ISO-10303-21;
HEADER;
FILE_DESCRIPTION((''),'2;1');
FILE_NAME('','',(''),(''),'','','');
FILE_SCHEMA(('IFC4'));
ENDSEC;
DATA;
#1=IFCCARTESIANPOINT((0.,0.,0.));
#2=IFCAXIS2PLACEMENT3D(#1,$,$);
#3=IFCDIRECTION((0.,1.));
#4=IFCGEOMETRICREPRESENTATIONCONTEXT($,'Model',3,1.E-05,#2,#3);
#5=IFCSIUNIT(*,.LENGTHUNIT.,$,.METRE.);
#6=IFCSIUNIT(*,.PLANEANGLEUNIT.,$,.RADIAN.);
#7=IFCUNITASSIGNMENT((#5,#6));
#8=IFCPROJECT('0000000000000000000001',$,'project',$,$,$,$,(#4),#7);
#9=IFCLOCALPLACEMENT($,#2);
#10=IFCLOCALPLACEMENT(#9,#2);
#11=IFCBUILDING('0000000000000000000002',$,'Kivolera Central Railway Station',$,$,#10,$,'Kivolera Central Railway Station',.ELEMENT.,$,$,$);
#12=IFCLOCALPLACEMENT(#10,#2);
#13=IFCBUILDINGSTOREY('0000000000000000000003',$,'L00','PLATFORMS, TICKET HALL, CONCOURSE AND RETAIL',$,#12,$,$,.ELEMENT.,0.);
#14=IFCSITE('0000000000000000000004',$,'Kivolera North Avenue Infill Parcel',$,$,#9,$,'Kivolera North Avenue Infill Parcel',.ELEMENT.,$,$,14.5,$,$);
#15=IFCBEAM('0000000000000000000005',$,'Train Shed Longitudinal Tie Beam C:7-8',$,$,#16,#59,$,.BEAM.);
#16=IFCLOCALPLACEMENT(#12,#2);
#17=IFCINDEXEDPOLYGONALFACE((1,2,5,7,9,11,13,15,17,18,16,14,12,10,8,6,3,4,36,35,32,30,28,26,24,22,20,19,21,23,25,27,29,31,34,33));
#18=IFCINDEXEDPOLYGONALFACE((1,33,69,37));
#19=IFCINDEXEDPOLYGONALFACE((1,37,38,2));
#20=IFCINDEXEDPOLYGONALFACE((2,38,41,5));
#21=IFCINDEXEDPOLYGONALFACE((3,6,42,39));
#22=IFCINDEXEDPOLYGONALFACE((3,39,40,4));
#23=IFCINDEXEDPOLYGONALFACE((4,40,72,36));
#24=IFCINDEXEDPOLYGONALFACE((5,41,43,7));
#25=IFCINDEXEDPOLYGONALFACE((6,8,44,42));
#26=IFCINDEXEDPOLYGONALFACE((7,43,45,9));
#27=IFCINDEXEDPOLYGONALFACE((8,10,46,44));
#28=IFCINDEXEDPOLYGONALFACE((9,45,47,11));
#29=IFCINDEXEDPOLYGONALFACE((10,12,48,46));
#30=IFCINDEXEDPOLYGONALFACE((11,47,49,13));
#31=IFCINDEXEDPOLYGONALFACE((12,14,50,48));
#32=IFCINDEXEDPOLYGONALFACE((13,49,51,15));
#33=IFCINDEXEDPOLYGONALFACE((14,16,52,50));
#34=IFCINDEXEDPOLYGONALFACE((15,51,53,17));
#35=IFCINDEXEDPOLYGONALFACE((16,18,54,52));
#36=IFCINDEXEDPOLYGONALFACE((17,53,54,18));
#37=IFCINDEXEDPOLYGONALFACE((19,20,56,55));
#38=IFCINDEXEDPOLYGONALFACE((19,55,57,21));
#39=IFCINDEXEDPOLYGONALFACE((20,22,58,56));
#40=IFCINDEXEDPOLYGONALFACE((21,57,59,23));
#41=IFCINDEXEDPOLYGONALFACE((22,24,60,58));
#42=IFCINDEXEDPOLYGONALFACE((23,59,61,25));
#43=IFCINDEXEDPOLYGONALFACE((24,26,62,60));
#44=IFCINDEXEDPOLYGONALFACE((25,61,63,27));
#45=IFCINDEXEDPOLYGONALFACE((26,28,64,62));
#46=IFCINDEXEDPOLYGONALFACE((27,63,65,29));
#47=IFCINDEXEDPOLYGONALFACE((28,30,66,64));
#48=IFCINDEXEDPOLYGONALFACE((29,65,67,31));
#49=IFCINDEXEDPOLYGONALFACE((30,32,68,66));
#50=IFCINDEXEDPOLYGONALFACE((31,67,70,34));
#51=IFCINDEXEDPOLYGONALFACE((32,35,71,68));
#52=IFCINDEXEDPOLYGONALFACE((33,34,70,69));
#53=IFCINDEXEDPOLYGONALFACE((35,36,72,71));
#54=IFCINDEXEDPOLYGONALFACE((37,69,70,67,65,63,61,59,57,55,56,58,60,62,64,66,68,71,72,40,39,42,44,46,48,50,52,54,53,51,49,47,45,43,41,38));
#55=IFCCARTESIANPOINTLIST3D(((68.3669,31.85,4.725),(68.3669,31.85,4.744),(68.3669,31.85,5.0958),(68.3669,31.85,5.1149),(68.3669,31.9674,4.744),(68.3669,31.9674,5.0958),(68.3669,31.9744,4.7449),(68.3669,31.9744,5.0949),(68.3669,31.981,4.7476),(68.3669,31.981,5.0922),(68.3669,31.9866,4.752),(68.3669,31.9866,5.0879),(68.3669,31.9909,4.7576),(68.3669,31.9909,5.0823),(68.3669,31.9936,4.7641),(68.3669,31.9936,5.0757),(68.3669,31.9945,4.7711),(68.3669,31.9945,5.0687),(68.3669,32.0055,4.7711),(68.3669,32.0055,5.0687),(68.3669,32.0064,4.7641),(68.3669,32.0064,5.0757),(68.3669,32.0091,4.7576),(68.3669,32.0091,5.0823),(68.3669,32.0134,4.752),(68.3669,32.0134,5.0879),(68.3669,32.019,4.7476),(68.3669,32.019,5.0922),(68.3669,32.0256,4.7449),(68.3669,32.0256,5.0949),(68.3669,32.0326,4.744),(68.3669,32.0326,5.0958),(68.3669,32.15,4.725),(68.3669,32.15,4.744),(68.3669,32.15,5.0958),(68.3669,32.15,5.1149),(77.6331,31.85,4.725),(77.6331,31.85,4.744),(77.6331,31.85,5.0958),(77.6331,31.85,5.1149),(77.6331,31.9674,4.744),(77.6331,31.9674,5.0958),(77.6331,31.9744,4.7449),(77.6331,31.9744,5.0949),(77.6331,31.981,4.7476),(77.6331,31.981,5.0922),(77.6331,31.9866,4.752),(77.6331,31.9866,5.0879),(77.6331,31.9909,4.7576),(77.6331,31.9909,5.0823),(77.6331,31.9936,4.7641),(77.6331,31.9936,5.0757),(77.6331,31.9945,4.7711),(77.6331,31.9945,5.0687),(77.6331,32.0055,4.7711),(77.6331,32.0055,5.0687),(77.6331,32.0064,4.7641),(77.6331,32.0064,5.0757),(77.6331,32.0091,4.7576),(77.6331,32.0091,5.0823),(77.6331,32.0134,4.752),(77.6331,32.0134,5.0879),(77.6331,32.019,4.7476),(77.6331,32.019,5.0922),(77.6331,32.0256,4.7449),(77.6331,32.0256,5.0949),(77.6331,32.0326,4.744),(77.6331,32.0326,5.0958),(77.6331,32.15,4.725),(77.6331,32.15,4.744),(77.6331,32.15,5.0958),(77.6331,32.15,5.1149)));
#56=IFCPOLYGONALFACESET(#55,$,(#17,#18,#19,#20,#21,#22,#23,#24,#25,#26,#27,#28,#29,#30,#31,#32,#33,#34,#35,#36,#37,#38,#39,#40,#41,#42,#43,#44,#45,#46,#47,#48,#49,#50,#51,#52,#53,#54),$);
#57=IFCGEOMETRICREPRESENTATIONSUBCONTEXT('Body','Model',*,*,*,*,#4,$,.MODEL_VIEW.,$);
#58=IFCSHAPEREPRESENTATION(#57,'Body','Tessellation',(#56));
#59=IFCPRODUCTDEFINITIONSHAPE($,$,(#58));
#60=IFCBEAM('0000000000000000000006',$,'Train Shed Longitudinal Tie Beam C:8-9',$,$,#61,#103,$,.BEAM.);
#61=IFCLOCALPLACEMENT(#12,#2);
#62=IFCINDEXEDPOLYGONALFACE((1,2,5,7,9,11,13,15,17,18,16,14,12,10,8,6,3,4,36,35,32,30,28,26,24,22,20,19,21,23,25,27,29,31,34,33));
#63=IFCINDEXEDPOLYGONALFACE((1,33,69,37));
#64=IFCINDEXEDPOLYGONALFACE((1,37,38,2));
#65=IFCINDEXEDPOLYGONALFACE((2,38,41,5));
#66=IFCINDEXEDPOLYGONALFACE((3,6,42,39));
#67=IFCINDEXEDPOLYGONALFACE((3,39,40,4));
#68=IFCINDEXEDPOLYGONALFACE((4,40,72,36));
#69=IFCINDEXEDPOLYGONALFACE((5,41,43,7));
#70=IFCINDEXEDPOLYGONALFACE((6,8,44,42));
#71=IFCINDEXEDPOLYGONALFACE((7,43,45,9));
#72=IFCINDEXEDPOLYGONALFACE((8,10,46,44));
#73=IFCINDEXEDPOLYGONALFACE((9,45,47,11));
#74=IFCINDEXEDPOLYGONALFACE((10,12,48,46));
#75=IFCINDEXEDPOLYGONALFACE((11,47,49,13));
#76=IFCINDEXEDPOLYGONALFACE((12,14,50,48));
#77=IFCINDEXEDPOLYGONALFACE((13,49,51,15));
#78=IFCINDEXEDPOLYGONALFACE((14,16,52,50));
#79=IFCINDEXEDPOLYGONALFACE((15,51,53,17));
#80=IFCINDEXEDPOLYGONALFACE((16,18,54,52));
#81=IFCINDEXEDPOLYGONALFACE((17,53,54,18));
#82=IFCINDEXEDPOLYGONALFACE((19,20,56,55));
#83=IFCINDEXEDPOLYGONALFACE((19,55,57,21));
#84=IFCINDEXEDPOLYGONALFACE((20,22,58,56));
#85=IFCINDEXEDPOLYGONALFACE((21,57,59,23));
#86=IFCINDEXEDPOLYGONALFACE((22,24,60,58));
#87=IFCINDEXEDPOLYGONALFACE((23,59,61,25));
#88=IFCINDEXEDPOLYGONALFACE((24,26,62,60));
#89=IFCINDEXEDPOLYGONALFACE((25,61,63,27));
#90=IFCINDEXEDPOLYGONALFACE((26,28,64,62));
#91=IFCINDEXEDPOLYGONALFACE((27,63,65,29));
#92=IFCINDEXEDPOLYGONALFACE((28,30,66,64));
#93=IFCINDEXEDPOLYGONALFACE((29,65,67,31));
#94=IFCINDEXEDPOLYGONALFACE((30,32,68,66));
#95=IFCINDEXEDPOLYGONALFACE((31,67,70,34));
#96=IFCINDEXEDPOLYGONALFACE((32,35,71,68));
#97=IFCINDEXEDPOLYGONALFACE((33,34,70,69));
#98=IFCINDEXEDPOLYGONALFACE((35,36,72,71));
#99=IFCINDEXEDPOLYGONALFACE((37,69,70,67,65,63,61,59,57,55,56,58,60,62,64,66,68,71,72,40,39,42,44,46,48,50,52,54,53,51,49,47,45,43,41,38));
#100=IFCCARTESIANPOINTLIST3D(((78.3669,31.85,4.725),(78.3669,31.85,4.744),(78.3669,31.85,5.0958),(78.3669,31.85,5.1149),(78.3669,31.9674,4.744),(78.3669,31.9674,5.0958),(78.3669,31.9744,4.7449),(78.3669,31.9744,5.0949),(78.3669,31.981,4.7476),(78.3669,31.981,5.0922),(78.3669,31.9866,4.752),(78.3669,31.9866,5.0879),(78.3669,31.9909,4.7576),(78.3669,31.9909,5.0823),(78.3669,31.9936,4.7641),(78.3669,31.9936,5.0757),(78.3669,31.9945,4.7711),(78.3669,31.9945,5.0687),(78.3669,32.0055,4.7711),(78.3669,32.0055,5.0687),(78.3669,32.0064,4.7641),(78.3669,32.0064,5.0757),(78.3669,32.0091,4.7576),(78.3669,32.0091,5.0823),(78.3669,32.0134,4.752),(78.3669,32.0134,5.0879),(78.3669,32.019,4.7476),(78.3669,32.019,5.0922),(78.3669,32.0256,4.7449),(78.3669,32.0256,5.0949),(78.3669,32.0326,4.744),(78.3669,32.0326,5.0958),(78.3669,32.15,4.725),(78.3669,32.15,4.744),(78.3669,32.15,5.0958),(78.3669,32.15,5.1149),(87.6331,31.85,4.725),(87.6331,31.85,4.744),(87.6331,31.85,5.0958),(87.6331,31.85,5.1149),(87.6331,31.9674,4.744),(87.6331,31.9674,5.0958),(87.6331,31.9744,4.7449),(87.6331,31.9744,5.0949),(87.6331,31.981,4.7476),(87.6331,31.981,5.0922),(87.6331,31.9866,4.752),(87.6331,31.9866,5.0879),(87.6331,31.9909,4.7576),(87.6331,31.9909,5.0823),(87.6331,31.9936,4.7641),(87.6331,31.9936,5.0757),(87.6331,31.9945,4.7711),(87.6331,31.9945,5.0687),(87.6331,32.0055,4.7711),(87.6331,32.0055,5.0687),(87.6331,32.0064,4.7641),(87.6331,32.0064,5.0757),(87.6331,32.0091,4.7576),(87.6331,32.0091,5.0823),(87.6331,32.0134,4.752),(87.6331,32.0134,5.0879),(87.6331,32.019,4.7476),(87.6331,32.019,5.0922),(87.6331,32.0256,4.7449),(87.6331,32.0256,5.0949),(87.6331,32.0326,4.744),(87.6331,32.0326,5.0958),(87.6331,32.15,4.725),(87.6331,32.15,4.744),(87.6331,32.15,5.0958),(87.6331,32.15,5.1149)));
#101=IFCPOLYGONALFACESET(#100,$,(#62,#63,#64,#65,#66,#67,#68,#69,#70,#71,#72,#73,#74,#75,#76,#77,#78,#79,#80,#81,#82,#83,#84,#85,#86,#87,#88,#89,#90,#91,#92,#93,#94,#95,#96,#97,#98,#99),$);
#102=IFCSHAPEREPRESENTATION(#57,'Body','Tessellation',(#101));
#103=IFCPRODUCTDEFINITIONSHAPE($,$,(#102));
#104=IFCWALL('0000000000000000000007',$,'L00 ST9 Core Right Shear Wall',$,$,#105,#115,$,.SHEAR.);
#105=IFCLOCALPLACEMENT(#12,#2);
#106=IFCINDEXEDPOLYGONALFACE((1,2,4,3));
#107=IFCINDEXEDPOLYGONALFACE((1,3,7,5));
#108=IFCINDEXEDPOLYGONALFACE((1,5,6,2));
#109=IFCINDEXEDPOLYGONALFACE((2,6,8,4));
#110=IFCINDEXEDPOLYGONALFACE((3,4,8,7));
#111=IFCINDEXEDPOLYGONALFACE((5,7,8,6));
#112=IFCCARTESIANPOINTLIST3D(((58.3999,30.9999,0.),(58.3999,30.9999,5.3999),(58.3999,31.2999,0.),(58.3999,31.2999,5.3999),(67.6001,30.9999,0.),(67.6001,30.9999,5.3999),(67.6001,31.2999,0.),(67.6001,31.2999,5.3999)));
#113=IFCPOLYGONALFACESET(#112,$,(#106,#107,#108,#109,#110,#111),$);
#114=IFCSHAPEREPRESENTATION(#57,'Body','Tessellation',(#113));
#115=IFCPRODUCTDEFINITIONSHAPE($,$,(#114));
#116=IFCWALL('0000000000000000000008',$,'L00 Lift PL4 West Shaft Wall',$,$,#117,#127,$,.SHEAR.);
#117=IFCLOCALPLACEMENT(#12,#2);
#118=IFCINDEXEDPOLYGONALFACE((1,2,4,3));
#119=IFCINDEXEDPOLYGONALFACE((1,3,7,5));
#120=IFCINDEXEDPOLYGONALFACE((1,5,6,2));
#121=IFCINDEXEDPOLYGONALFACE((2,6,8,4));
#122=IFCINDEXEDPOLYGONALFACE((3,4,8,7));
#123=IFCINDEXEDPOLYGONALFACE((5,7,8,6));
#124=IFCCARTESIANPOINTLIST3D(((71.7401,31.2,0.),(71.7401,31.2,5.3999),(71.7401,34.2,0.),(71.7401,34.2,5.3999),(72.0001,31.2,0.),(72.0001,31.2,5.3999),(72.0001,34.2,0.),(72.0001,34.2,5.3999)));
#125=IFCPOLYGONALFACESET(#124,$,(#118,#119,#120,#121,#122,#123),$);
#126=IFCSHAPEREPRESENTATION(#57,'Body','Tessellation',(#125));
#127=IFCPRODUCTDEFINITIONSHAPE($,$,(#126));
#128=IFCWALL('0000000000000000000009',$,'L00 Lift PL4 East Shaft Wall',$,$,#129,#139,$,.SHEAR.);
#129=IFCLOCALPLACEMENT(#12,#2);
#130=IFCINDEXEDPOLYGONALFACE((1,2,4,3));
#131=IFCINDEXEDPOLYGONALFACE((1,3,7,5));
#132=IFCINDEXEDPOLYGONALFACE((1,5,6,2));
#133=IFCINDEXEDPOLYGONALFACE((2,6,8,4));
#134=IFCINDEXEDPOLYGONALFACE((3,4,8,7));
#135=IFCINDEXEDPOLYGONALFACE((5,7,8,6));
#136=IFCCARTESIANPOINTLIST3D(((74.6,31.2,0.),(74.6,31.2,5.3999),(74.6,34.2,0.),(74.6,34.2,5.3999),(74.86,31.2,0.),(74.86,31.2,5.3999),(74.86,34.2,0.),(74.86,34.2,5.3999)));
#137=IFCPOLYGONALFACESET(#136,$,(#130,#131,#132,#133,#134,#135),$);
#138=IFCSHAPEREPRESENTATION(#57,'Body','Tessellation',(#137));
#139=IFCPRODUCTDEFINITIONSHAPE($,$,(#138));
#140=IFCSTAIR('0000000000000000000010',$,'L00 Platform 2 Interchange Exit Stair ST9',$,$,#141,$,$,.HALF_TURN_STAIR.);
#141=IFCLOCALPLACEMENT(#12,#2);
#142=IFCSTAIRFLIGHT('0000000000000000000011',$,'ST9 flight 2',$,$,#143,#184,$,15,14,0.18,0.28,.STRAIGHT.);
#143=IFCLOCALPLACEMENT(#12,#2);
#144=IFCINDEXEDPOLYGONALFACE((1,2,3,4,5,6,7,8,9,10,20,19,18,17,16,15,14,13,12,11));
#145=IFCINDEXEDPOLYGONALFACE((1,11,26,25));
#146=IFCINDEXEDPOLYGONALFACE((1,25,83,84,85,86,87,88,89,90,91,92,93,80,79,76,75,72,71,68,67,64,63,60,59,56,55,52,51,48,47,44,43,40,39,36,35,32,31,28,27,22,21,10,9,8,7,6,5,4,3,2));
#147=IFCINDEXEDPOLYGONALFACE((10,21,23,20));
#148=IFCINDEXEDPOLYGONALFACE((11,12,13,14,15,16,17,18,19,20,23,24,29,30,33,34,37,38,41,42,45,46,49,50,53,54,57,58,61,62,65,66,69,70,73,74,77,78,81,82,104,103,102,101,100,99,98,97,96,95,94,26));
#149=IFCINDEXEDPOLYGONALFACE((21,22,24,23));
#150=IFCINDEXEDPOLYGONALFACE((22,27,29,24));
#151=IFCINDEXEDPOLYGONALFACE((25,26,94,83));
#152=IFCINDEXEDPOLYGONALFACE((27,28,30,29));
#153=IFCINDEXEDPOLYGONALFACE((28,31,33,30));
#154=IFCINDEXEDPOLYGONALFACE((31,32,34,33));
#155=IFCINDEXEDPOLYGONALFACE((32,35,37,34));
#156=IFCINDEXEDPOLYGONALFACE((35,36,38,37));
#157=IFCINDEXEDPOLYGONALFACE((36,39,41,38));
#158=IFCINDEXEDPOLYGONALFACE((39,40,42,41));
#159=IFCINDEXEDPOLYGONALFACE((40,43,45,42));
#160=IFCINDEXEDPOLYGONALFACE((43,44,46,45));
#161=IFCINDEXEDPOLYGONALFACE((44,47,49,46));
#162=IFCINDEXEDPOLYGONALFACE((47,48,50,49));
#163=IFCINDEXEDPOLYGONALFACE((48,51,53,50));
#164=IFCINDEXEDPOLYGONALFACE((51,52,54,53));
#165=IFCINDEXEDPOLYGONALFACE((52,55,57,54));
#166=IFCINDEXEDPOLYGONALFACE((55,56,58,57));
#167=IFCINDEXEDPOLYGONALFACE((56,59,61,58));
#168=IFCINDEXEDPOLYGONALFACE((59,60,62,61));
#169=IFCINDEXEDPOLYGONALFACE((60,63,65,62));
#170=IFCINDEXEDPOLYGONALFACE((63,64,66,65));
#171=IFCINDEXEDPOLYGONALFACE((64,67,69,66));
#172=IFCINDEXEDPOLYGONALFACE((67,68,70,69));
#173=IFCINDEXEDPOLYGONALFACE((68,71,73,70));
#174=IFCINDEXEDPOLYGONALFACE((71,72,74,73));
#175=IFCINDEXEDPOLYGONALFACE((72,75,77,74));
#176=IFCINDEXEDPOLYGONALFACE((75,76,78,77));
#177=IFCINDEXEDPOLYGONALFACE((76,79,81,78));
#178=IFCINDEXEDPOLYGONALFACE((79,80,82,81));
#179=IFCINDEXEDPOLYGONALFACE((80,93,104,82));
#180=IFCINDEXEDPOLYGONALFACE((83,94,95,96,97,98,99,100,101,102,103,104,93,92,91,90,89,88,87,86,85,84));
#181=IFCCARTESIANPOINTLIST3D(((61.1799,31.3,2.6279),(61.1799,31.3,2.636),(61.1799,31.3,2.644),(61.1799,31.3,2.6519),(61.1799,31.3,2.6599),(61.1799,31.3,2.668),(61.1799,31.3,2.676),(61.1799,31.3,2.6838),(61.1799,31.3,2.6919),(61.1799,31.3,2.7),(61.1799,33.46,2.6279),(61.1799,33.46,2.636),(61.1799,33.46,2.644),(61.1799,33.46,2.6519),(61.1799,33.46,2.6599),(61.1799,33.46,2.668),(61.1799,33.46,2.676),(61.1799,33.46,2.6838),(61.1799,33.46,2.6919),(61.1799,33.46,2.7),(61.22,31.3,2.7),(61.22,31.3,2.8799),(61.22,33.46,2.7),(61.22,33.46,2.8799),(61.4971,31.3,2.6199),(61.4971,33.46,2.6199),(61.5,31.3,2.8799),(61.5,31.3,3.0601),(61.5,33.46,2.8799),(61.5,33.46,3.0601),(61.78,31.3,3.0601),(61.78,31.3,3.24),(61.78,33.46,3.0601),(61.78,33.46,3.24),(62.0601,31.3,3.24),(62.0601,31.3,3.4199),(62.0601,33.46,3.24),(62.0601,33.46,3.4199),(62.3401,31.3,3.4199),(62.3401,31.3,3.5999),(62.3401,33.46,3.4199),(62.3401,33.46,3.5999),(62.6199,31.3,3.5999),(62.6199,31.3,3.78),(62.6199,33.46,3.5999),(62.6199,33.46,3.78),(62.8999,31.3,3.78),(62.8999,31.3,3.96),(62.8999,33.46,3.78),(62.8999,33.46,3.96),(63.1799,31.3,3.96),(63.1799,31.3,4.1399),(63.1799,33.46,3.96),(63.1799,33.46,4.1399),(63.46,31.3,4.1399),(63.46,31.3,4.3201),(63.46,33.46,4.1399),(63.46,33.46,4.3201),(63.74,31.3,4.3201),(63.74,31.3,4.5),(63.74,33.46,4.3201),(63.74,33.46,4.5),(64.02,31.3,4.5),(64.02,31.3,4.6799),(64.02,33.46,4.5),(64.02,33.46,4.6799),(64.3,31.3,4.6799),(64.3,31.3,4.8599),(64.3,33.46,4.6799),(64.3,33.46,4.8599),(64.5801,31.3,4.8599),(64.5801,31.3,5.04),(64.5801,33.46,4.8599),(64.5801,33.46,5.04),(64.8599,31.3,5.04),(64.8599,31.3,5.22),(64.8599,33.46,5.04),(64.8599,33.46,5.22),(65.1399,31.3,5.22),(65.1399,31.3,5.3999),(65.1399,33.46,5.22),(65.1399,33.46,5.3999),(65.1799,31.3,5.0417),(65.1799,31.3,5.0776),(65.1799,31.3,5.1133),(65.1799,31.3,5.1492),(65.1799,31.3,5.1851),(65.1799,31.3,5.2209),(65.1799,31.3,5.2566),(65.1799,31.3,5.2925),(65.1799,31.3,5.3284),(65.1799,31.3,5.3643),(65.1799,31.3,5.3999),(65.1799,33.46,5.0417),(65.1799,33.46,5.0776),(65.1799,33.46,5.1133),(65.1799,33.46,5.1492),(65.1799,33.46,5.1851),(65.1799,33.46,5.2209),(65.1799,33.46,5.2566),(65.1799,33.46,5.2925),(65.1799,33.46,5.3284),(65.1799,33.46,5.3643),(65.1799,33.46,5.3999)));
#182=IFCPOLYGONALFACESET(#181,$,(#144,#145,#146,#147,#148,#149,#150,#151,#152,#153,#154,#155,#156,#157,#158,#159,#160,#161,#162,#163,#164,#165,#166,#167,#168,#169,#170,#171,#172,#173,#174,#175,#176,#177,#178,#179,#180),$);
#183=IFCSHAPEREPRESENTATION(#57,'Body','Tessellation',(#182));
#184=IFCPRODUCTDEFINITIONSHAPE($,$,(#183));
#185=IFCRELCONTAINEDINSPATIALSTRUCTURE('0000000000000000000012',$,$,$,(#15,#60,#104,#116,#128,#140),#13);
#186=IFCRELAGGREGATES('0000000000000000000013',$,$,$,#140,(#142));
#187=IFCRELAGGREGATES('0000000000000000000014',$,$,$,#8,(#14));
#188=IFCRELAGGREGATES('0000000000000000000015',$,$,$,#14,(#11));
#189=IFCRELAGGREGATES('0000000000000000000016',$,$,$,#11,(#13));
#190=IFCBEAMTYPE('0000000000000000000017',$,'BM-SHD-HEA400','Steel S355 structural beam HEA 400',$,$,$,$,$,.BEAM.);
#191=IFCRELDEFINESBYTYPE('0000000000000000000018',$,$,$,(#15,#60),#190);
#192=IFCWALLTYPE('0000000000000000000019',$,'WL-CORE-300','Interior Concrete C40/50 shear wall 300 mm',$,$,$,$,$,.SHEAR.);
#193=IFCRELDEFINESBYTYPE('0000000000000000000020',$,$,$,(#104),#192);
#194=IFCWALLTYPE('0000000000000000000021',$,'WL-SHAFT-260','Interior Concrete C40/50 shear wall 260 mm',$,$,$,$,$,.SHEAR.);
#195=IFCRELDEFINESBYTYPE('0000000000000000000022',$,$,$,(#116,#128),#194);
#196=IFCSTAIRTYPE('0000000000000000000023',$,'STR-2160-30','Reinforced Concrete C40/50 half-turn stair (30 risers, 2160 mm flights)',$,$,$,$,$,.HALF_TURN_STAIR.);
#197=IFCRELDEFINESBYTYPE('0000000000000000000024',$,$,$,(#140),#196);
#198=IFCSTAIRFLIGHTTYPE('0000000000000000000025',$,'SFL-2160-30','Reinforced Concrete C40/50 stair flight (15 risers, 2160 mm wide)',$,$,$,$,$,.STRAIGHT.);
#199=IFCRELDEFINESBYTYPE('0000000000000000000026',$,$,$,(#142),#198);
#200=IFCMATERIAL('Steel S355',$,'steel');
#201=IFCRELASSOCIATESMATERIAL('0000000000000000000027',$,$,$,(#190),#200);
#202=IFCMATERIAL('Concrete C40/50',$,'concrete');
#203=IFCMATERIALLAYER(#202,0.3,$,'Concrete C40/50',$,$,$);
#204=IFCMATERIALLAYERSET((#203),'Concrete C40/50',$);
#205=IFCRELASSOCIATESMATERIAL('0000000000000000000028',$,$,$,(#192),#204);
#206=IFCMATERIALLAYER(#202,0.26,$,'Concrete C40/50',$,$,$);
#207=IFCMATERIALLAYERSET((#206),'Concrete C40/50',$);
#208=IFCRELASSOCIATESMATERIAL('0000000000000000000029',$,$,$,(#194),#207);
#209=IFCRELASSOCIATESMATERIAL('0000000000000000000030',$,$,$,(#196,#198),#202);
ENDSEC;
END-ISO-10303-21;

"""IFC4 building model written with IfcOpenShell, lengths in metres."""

from ifc_helpers import new_model, si_unit, direction, frame, frame_2d, origin, origin_2d, place, context, subcontext, project, spatial, polyline, rectangle, i_section, outline, extrude, material, layer, layer_set, material_profile, profile_set, type_object, element, aggregate, save


model = new_model("IFC4")

# Units and contexts
model_context = context("Model", 3, precision=1e-05, world=origin(), true_north=direction((0.0, 1.0)))
body_context = subcontext(model_context, "Body", "Model", "MODEL_VIEW")
ifc_project = project(units=[si_unit("LENGTHUNIT", "METRE"), si_unit("PLANEANGLEUNIT", "RADIAN")], contexts=[model_context])

# Site, building, storey
site_placement = place(None, origin())
site = spatial("IfcSite", under=ifc_project, at=site_placement, Name="Kivolera North Avenue Infill Parcel", LongName="Kivolera North Avenue Infill Parcel", CompositionType="ELEMENT", RefElevation=14.5)
building_placement = place(site_placement, origin())
building = spatial("IfcBuilding", under=site, at=building_placement, Name="Kivolera Central Railway Station", LongName="Kivolera Central Railway Station", CompositionType="ELEMENT")
storey_placement = place(building_placement, origin())
storey = spatial("IfcBuildingStorey", under=building, at=storey_placement, Name="L00", Description="PLATFORMS, TICKET HALL, CONCOURSE AND RETAIL", CompositionType="ELEMENT", Elevation=0.0)

# Shared definitions
ifc_material_1 = material(Name="Concrete C40/50", Category="concrete")

# Beams
ifc_material_2 = material(Name="Steel S355", Category="steel")
ifc_material_profile_1 = material_profile(ifc_material_2, i_section(OverallWidth=0.3, OverallDepth=0.3899, WebThickness=0.011, FlangeThickness=0.019, FilletRadius=0.0271, at=origin_2d()), Name="HEA 400")
ifc_profile_set_1 = profile_set([ifc_material_profile_1], Name="Steel S355")
beam_type = type_object("IfcBeamType", Name="BM-SHD-HEA400", Description="Steel S355 structural beam HEA 400", PredefinedType="BEAM", material=ifc_profile_set_1)
for number, where, z_axis, x_axis, name in (
    (1, (68.3669, 32.0, 4.9199), (1.0, 0.0, 0.0), (0.0, 1.0, 0.0), "Train Shed Longitudinal Tie Beam C:7-8"),
    (2, (78.3669, 32.0, 4.9199), (1.0, 0.0, 0.0), (0.0, 1.0, 0.0), "Train Shed Longitudinal Tie Beam C:8-9"),
):
    element("IfcBeam", number, at=place(storey_placement, frame(where, z_axis=z_axis, x_axis=x_axis)), inside=storey, type_object=beam_type, Name=name, PredefinedType="BEAM", context=body_context, shape_type="SweptSolid", body=[
        extrude(i_section(OverallWidth=0.3, OverallDepth=0.3899, WebThickness=0.011, FlangeThickness=0.019, FilletRadius=0.0271, at=origin_2d()), origin(), (0.0, 0.0, 1.0), 9.2661),
    ])

# Wall
ifc_layer_1 = layer(ifc_material_1, 0.3, Name="Concrete C40/50")
ifc_layer_set_1 = layer_set([ifc_layer_1], Name="Concrete C40/50")
wall_type_1 = type_object("IfcWallType", Name="WL-CORE-300", Description="Interior Concrete C40/50 shear wall 300 mm", PredefinedType="SHEAR", material=ifc_layer_set_1)
wall_1_placement = place(storey_placement, frame((67.6001, 31.1499, 0.0), z_axis=(0.0, 0.0, 1.0), x_axis=(-1.0, 0.0, 0.0)))
element("IfcWall", 3, at=wall_1_placement, inside=storey, type_object=wall_type_1, Name="L00 ST9 Core Right Shear Wall", PredefinedType="SHEAR", context=body_context, shape_type="SweptSolid", body=[
    extrude(rectangle(XDim=9.2002, YDim=0.3, at=frame_2d((4.6001, 0.0))), origin(), (0.0, 0.0, 1.0), 5.3999),
])

# Shared definitions
ifc_layer_2 = layer(ifc_material_1, 0.26, Name="Concrete C40/50")
ifc_layer_set_2 = layer_set([ifc_layer_2], Name="Concrete C40/50")
wall_type_2 = type_object("IfcWallType", Name="WL-SHAFT-260", Description="Interior Concrete C40/50 shear wall 260 mm", PredefinedType="SHEAR", material=ifc_layer_set_2)

# Walls
for number, where, z_axis, x_axis, name in (
    (4, (71.8701, 31.2, 0.0), (0.0, 0.0, 1.0), (0.0, 1.0, 0.0), "L00 Lift PL4 West Shaft Wall"),
    (5, (74.73, 31.2, 0.0), (0.0, 0.0, 1.0), (0.0, 1.0, 0.0), "L00 Lift PL4 East Shaft Wall"),
):
    element("IfcWall", number, at=place(storey_placement, frame(where, z_axis=z_axis, x_axis=x_axis)), inside=storey, type_object=wall_type_2, Name=name, PredefinedType="SHEAR", context=body_context, shape_type="SweptSolid", body=[
        extrude(rectangle(XDim=3.0, YDim=0.26, at=frame_2d((1.5, 0.0))), origin(), (0.0, 0.0, 1.0), 5.3999),
    ])

# Stair, stair flight
stair_type = type_object("IfcStairType", Name="STR-2160-30", Description="Reinforced Concrete C40/50 half-turn stair (30 risers, 2160 mm flights)", PredefinedType="HALF_TURN_STAIR", material=ifc_material_1)
stair_placement = place(storey_placement, origin())
stair = element("IfcStair", 6, at=stair_placement, inside=storey, type_object=stair_type, Name="L00 Platform 2 Interchange Exit Stair ST9", PredefinedType="HALF_TURN_STAIR")
stair_flight_type = type_object("IfcStairFlightType", Name="SFL-2160-30", Description="Reinforced Concrete C40/50 stair flight (15 risers, 2160 mm wide)", PredefinedType="STRAIGHT", material=ifc_material_1)
stair_flight_placement = place(storey_placement, frame((61.22, 32.3799, 2.7), z_axis=(0.0, 0.0, 1.0), x_axis=(1.0, 0.0, 0.0)))
stair_flight = element("IfcStairFlight", 7, at=stair_flight_placement, type_object=stair_flight_type, Name="ST9 flight 2", NumberOfRisers=15, NumberOfTreads=14, PredefinedType="STRAIGHT", RiserHeight=0.18, TreadLength=0.28, context=body_context, shape_type="SweptSolid", body=[
    extrude(outline(polyline([(-0.04, 0.0), (0.0, 0.0), (0.0, 0.1799), (0.28, 0.1799), (0.28, 0.3601), (0.5601, 0.3601), (0.5601, 0.54), (0.8401, 0.54), (0.8401, 0.72), (1.1201, 0.72), (1.1201, 0.8999), (1.3999, 0.8999), (1.3999, 1.0801), (1.6799, 1.0801), (1.6799, 1.26), (1.96, 1.26), (1.96, 1.4399), (2.24, 1.4399), (2.24, 1.6201), (2.52, 1.6201), (2.52, 1.8), (2.8, 1.8), (2.8, 1.98), (3.0801, 1.98), (3.0801, 2.1599), (3.3601, 2.1599), (3.3601, 2.3401), (3.6399, 2.3401), (3.6399, 2.52), (3.9199, 2.52), (3.9199, 2.7), (3.96, 2.7), (3.96, 2.6643), (3.96, 2.6284), (3.96, 2.5925), (3.96, 2.5566), (3.96, 2.521), (3.96, 2.4851), (3.96, 2.4492), (3.96, 2.4133), (3.96, 2.3777), (3.96, 2.3418), (0.2771, -0.0801), (-0.04, -0.072), (-0.04, -0.064), (-0.04, -0.0559), (-0.04, -0.0481), (-0.04, -0.04), (-0.04, -0.032), (-0.04, -0.0239), (-0.04, -0.0161), (-0.04, -0.0081), (-0.04, 0.0)])), frame((0.0, 1.0801, 0.0), z_axis=(0.0, -1.0, 0.0), x_axis=(1.0, 0.0, 0.0)), (0.0, 0.0, 1.0), 2.1599),
])
aggregate(stair, [stair_flight])

save(model, "model.ifc")
